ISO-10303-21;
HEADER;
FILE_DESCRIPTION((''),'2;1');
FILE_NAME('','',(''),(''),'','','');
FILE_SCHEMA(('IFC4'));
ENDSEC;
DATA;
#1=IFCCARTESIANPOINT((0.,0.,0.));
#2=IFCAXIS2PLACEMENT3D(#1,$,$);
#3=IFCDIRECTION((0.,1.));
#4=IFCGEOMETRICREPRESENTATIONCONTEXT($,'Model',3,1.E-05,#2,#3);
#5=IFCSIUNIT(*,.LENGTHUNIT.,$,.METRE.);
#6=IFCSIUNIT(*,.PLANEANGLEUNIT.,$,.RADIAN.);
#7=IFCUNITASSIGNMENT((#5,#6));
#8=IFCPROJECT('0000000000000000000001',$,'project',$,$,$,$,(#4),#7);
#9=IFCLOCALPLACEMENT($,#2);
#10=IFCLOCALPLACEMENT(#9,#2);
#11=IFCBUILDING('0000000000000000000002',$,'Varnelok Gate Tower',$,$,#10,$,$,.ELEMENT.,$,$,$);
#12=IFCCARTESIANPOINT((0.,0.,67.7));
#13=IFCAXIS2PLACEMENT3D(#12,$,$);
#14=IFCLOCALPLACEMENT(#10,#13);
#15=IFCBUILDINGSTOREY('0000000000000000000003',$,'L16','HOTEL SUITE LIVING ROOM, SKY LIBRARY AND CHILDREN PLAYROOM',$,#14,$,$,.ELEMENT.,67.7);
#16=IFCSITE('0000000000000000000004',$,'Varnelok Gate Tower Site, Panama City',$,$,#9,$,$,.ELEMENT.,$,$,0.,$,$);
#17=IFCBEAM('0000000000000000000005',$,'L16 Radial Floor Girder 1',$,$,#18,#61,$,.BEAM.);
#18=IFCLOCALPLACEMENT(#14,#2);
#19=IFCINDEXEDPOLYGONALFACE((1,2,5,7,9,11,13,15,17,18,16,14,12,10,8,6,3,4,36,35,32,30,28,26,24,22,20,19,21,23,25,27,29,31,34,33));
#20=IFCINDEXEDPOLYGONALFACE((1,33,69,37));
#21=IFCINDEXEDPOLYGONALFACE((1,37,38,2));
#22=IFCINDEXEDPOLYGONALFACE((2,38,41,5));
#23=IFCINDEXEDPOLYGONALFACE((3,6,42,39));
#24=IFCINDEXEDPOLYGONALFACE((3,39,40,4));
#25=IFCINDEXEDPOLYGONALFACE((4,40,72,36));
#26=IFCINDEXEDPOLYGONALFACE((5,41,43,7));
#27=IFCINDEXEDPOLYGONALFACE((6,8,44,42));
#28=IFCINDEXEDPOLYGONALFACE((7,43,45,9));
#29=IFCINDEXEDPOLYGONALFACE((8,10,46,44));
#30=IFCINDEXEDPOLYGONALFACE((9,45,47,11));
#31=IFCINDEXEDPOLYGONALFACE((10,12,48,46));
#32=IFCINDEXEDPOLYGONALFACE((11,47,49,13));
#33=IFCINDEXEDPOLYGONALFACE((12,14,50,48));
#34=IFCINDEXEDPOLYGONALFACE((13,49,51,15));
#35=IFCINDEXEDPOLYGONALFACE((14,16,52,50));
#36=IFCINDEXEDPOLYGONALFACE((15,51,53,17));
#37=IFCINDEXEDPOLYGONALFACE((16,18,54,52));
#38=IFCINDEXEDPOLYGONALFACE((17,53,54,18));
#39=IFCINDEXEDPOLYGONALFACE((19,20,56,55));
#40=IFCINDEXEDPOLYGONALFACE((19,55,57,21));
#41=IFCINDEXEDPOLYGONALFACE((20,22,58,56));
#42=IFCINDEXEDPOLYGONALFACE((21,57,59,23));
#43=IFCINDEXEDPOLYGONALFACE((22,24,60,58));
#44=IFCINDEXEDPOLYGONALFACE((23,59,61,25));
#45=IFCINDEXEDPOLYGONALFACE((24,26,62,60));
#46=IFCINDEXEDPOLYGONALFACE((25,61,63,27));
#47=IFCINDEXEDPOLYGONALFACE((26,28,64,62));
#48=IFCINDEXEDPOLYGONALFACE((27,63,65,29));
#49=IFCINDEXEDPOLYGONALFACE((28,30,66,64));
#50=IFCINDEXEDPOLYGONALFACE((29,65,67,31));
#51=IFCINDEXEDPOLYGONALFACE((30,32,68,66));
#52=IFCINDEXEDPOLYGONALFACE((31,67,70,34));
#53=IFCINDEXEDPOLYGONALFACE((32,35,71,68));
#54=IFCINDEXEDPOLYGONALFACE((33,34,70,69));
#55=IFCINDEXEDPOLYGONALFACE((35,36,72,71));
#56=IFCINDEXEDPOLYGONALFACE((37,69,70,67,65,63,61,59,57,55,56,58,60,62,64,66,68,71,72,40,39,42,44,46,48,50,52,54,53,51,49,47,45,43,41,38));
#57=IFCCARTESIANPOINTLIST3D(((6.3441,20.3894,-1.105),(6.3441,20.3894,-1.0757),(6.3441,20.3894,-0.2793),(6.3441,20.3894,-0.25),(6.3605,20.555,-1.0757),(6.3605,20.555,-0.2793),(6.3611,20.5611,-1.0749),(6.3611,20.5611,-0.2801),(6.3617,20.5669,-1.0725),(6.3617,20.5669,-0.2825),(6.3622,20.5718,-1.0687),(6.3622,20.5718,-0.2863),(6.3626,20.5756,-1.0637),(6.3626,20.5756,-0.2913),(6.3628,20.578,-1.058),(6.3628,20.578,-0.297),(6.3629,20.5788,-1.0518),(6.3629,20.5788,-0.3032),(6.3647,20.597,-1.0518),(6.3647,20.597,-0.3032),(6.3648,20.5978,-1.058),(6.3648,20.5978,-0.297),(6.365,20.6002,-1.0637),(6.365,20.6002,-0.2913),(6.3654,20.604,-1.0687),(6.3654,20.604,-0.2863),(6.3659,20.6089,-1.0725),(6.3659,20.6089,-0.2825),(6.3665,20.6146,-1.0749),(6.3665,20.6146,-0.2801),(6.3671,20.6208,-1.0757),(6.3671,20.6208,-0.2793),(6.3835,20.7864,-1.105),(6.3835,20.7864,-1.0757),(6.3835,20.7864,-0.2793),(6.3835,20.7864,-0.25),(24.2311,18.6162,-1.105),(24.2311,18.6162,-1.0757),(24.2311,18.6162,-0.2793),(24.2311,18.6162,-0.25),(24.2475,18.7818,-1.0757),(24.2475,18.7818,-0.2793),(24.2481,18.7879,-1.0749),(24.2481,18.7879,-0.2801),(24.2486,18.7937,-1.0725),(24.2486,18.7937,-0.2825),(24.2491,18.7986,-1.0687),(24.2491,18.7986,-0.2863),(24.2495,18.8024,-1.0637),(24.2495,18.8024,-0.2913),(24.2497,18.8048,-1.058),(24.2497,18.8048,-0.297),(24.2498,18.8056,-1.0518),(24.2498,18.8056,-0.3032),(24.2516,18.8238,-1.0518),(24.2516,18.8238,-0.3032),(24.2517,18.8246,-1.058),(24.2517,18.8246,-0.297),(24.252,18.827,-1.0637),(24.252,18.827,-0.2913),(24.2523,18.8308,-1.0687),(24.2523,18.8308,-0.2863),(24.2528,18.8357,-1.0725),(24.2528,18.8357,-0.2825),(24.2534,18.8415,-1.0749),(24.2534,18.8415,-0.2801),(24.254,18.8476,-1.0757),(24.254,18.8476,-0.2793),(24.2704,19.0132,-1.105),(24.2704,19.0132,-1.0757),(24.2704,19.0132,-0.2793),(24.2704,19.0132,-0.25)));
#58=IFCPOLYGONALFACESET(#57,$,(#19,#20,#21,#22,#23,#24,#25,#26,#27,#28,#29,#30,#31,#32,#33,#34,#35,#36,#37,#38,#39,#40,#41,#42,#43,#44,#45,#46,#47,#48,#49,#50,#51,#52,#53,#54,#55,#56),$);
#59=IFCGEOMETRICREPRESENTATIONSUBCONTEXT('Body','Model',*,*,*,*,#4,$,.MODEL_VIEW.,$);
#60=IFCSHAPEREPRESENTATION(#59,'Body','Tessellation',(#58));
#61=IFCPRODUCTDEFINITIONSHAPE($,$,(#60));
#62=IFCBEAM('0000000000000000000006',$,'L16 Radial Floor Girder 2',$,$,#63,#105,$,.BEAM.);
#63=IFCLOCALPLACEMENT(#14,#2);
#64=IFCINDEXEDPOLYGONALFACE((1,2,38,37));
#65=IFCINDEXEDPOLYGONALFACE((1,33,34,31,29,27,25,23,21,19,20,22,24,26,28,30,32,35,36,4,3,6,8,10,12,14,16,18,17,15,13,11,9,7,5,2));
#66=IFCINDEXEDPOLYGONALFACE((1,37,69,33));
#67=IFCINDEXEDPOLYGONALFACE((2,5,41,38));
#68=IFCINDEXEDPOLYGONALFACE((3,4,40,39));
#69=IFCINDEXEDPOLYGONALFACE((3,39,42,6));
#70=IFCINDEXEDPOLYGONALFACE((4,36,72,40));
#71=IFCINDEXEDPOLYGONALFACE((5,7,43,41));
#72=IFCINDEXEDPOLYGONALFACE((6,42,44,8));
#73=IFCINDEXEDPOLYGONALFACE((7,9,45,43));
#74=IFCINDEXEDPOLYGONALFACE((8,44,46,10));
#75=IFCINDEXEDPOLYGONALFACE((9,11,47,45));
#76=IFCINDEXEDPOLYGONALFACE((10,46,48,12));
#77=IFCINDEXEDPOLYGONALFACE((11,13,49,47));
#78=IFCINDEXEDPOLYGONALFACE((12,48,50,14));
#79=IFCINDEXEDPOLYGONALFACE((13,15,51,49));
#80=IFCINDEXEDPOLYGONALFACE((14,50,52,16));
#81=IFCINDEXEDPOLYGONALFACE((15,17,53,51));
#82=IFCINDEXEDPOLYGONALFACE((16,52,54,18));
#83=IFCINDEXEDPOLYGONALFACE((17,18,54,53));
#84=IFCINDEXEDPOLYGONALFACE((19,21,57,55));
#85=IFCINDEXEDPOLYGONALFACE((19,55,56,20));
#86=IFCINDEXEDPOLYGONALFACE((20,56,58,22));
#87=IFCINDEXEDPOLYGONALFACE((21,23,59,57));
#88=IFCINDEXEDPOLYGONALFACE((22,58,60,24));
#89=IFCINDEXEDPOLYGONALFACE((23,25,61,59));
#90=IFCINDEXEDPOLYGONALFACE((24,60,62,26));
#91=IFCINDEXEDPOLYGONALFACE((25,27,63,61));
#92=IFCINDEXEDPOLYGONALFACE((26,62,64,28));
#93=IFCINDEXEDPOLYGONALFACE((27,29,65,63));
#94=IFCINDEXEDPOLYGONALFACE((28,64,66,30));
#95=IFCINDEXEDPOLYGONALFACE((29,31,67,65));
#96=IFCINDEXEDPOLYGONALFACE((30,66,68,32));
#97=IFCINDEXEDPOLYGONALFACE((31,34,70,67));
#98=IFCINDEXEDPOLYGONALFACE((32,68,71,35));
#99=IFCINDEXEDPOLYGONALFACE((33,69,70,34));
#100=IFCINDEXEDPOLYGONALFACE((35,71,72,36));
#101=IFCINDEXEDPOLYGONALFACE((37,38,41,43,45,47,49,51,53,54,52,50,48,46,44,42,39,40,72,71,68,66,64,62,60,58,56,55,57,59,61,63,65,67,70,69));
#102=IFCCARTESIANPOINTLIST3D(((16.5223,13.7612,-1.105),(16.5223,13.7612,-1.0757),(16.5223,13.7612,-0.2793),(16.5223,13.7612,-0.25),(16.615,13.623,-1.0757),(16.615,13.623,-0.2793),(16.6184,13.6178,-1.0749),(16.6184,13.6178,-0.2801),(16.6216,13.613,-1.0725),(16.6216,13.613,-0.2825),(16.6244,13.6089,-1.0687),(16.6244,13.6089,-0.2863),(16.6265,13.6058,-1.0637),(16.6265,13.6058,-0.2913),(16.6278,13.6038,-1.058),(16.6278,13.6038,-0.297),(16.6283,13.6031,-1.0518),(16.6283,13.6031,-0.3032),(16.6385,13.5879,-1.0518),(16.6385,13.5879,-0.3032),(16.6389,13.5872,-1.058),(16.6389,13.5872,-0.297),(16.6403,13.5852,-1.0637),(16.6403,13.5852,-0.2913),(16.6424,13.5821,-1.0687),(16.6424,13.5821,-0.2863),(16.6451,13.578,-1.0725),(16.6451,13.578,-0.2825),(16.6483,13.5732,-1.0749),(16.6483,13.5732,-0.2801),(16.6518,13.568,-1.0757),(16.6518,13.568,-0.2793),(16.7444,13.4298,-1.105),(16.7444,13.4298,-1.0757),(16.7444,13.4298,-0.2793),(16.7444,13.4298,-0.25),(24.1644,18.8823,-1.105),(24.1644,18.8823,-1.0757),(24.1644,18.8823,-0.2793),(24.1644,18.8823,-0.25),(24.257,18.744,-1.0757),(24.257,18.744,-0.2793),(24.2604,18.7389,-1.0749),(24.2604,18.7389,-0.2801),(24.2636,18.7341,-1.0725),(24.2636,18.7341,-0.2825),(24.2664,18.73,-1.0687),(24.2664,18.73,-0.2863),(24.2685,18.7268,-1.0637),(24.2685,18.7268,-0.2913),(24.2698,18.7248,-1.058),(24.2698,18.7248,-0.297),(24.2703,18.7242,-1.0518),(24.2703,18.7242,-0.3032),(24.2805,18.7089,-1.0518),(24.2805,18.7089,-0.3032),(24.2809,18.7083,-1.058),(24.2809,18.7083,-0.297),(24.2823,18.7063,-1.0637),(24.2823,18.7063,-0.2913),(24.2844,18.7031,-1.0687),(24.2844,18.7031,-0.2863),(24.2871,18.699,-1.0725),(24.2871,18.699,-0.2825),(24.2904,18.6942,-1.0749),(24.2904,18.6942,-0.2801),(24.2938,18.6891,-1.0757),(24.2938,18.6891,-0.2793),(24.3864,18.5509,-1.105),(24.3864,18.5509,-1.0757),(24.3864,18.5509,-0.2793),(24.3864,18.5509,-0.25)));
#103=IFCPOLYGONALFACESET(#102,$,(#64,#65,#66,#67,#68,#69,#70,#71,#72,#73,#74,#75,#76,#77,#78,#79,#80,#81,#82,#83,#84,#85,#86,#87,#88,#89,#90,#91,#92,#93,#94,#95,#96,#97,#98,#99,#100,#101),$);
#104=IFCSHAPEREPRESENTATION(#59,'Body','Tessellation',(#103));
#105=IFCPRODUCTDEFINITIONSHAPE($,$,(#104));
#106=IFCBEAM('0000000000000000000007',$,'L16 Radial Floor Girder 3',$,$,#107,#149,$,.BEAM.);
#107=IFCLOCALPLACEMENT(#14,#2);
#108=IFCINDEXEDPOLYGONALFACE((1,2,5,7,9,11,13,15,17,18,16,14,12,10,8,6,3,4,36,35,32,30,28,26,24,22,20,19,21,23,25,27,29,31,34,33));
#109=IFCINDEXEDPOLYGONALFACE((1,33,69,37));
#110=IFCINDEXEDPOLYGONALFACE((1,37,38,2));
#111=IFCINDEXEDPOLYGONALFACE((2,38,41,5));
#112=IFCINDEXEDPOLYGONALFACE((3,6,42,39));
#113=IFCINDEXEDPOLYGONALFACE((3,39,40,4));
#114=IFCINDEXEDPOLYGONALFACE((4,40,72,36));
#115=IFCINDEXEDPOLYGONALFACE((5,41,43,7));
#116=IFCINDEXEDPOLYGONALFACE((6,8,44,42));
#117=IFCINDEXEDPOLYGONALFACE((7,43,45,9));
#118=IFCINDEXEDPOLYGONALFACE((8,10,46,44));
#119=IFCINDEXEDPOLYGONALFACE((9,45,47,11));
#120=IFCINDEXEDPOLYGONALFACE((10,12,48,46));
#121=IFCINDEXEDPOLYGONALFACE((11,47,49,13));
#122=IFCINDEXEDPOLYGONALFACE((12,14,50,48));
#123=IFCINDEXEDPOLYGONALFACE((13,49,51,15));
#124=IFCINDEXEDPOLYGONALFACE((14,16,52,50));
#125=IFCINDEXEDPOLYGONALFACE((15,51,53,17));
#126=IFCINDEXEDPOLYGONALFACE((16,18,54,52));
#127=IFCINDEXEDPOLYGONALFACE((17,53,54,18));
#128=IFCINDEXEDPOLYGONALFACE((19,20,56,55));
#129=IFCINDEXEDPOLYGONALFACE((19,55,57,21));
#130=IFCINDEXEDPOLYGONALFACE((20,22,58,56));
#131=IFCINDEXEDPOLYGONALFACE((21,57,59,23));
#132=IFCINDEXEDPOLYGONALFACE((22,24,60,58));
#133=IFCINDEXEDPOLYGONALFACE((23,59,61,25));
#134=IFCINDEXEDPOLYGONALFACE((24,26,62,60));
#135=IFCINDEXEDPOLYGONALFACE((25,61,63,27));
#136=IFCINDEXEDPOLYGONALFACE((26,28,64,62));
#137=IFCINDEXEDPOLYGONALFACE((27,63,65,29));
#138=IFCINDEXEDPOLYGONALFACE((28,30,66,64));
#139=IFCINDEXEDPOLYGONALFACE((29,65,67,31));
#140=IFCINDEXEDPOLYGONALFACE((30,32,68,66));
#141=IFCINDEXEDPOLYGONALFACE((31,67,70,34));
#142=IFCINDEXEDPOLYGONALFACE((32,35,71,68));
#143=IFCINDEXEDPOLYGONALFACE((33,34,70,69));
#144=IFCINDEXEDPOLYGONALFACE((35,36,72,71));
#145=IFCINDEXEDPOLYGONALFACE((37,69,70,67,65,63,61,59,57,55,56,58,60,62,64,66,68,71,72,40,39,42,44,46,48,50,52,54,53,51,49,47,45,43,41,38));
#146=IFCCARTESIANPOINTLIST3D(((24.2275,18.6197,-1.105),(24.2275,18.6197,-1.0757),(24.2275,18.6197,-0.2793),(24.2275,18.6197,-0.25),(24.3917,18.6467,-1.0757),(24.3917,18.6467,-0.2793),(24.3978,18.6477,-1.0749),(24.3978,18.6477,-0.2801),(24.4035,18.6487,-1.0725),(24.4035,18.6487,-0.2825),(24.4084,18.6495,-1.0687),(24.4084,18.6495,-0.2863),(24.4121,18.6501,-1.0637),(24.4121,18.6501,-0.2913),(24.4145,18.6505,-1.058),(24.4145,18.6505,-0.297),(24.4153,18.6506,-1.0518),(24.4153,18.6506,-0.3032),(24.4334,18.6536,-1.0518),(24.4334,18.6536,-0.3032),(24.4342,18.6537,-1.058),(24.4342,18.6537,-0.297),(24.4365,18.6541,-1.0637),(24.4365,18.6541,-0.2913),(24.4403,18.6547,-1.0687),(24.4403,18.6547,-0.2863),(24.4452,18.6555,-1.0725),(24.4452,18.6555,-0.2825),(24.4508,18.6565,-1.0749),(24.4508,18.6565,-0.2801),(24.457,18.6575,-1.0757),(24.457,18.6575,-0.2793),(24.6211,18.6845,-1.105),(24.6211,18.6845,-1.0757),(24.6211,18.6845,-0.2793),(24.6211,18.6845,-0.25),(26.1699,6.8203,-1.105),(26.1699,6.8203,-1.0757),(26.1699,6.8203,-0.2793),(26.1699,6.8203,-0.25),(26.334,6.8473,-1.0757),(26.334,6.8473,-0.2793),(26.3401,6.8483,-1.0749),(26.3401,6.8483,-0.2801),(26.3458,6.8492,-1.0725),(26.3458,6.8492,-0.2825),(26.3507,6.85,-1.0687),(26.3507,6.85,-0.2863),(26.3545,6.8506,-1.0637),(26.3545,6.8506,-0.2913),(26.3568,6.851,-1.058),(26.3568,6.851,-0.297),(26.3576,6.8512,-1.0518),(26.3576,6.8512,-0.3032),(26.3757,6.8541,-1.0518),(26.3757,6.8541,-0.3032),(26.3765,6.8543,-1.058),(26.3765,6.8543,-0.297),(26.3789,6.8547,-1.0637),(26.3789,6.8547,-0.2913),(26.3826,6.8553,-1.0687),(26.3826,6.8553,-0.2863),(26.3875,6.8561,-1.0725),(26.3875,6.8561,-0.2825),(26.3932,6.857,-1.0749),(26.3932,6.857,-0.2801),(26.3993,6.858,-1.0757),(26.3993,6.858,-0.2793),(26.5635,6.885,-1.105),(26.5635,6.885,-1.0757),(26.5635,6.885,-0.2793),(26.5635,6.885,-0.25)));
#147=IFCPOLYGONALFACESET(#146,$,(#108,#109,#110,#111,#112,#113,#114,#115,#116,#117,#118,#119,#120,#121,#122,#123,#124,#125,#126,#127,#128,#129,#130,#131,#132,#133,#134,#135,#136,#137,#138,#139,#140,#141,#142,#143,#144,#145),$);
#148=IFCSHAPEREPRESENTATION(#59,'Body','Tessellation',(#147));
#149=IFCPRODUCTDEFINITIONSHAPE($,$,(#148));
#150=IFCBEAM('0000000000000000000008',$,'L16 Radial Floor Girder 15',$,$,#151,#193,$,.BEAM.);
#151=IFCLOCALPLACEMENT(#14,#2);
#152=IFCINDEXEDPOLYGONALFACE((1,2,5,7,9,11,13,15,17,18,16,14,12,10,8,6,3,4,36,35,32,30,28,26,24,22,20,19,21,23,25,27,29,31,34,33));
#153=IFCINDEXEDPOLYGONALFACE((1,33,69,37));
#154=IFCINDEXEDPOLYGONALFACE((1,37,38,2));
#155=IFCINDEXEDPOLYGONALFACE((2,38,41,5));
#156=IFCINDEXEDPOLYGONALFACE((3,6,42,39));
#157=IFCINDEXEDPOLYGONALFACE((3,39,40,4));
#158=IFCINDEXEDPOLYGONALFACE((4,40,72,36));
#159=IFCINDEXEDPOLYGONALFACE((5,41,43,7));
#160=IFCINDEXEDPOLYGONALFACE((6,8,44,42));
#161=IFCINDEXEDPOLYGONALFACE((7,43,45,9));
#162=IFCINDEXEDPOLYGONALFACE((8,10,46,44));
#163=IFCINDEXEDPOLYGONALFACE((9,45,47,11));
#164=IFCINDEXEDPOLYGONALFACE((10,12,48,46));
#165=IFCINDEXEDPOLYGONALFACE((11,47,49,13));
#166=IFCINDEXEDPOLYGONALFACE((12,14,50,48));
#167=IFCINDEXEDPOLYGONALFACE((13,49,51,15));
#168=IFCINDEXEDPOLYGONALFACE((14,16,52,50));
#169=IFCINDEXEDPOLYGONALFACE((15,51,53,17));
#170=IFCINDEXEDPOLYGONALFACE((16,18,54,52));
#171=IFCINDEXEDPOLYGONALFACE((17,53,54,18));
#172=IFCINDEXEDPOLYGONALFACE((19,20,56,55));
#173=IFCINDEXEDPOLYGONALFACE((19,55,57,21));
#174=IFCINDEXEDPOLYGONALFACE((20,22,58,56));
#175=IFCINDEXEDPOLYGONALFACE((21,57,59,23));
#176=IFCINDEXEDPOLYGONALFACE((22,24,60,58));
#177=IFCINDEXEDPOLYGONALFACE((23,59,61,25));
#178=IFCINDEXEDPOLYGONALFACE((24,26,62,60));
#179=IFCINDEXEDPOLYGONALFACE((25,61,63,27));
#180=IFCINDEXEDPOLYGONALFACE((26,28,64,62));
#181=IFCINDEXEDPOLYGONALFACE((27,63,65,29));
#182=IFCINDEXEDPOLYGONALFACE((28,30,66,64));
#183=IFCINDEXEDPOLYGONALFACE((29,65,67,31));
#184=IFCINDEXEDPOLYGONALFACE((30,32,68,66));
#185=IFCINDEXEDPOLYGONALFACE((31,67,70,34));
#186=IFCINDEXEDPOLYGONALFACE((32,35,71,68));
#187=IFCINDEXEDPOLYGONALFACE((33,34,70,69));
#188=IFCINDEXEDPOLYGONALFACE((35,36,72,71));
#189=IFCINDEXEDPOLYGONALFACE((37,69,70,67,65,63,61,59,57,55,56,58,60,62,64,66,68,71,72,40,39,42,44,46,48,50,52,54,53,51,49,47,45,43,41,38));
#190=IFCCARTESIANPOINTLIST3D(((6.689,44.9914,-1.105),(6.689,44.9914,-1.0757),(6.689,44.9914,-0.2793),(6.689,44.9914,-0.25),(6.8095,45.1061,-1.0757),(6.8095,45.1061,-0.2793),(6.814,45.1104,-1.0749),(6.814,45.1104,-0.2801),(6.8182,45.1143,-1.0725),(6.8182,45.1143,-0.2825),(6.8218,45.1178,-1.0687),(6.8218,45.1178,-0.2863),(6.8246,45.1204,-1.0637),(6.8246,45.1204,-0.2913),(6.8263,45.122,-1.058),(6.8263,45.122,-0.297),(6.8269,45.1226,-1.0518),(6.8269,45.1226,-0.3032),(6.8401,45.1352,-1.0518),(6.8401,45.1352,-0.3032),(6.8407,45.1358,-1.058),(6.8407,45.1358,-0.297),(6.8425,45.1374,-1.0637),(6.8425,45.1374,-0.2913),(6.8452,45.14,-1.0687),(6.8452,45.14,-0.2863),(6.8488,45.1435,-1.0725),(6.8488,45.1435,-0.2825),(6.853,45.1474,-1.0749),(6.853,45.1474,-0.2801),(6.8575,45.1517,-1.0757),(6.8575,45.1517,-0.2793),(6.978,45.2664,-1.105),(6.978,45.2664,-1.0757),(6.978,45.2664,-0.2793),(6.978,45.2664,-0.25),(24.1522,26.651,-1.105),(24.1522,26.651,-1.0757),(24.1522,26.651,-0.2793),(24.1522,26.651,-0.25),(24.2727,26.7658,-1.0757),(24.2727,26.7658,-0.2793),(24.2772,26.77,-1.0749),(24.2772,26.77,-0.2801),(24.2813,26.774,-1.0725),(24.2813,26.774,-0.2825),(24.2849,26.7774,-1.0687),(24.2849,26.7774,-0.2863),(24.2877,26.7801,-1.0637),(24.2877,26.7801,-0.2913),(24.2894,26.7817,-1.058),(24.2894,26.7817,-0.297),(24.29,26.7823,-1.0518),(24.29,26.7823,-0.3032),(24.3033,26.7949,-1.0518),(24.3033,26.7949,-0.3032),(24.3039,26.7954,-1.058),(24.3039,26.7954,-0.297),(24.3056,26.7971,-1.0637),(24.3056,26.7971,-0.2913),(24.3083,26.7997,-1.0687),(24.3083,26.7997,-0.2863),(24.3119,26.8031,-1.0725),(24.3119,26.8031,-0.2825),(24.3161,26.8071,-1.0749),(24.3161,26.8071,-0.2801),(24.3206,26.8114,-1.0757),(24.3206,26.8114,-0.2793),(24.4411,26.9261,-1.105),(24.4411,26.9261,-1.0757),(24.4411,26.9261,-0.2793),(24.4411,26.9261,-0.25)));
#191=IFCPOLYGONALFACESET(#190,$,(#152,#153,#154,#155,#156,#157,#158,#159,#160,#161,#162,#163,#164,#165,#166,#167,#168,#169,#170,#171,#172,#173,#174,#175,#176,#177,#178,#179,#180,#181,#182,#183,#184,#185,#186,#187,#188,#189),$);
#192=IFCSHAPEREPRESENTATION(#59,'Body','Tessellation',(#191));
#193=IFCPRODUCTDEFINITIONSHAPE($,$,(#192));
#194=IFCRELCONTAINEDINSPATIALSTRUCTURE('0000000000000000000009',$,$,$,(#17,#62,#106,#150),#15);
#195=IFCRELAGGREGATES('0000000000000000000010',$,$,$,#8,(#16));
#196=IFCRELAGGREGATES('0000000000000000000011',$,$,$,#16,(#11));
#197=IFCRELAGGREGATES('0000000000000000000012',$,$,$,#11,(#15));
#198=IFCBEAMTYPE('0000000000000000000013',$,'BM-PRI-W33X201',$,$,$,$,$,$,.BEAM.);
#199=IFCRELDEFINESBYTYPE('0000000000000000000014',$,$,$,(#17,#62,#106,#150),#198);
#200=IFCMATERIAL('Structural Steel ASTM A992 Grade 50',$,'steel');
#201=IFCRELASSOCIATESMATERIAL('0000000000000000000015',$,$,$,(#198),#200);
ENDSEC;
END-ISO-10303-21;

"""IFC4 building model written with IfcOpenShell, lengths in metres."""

from ifc_helpers import new_model, si_unit, direction, frame, origin, origin_2d, place, context, subcontext, project, spatial, i_section, extrude, material, material_profile, profile_set, type_object, element, save


model = new_model("IFC4")

# Units and contexts
model_context = context("Model", 3, precision=1e-05, world=origin(), true_north=direction((0.0, 1.0)))
body_context = subcontext(model_context, "Body", "Model", "MODEL_VIEW")
ifc_project = project(units=[si_unit("LENGTHUNIT", "METRE"), si_unit("PLANEANGLEUNIT", "RADIAN")], contexts=[model_context])

# Site, building, storey
site_placement = place(None, origin())
site = spatial("IfcSite", under=ifc_project, at=site_placement, Name="Varnelok Gate Tower Site, Panama City", CompositionType="ELEMENT", RefElevation=0.0)
building_placement = place(site_placement, origin())
building = spatial("IfcBuilding", under=site, at=building_placement, Name="Varnelok Gate Tower", CompositionType="ELEMENT")
storey_placement = place(building_placement, frame((0.0, 0.0, 67.7)))
storey = spatial("IfcBuildingStorey", under=building, at=storey_placement, Name="L16", Description="HOTEL SUITE LIVING ROOM, SKY LIBRARY AND CHILDREN PLAYROOM", CompositionType="ELEMENT", Elevation=67.7)

# Shared definitions
ifc_material_1 = material(Name="Structural Steel ASTM A992 Grade 50", Category="steel")

# Beams
ifc_material_profile_1 = material_profile(ifc_material_1, i_section(OverallWidth=0.3989, OverallDepth=0.855, WebThickness=0.0183, FlangeThickness=0.0293, FilletRadius=0.0239, at=origin_2d()), Name="W33X201")
ifc_profile_set_1 = profile_set([ifc_material_profile_1], Name="Structural Steel ASTM A992 Grade 50")
beam_type_1 = type_object("IfcBeamType", Name="BM-PRI-W33X201", PredefinedType="BEAM", material=ifc_profile_set_1)
beam_1_placement = place(storey_placement, frame((24.2507, 18.8147, -0.6775), z_axis=(-0.995122, 0.09865, 0.0), x_axis=(-0.09865, -0.995122, 0.0)))
element("IfcBeam", 1, at=beam_1_placement, inside=storey, type_object=beam_type_1, Name="L16 Radial Floor Girder 1", PredefinedType="BEAM", context=body_context, shape_type="SweptSolid", body=[
    extrude(i_section(OverallWidth=0.3989, OverallDepth=0.855, WebThickness=0.0183, FlangeThickness=0.0293, FilletRadius=0.0239, at=origin_2d()), origin(), (0.0, 0.0, 1.0), 17.9746),
])
beam_2_placement = place(storey_placement, frame((24.2754, 18.7166, -0.6775), z_axis=(-0.830725, -0.556683, 0.0), x_axis=(0.556683, -0.830725, 0.0)))
element("IfcBeam", 2, at=beam_2_placement, inside=storey, type_object=beam_type_1, Name="L16 Radial Floor Girder 2", PredefinedType="BEAM", context=body_context, shape_type="SweptSolid", body=[
    extrude(i_section(OverallWidth=0.3989, OverallDepth=0.855, WebThickness=0.0183, FlangeThickness=0.0293, FilletRadius=0.0239, at=origin_2d()), origin(), (0.0, 0.0, 1.0), 9.1992),
])
beam_3_placement = place(storey_placement, frame((24.4243, 18.6521, -0.6775), z_axis=(0.162429, -0.98672, 0.0), x_axis=(0.98672, 0.162429, 0.0)))
element("IfcBeam", 3, at=beam_3_placement, inside=storey, type_object=beam_type_1, Name="L16 Radial Floor Girder 3", PredefinedType="BEAM", context=body_context, shape_type="SweptSolid", body=[
    extrude(i_section(OverallWidth=0.3989, OverallDepth=0.855, WebThickness=0.0183, FlangeThickness=0.0293, FilletRadius=0.0239, at=origin_2d()), origin(), (0.0, 0.0, 1.0), 11.9583),
])
beam_4_placement = place(storey_placement, frame((24.2966, 26.7886, -0.6775), z_axis=(-0.689575, 0.724214, 0.0), x_axis=(-0.724214, -0.689575, 0.0)))
element("IfcBeam", 4, at=beam_4_placement, inside=storey, type_object=beam_type_1, Name="L16 Radial Floor Girder 15", PredefinedType="BEAM", context=body_context, shape_type="SweptSolid", body=[
    extrude(i_section(OverallWidth=0.3989, OverallDepth=0.855, WebThickness=0.0183, FlangeThickness=0.0293, FilletRadius=0.0239, at=origin_2d()), origin(), (0.0, 0.0, 1.0), 25.3245),
])

save(model, "model.ifc")
